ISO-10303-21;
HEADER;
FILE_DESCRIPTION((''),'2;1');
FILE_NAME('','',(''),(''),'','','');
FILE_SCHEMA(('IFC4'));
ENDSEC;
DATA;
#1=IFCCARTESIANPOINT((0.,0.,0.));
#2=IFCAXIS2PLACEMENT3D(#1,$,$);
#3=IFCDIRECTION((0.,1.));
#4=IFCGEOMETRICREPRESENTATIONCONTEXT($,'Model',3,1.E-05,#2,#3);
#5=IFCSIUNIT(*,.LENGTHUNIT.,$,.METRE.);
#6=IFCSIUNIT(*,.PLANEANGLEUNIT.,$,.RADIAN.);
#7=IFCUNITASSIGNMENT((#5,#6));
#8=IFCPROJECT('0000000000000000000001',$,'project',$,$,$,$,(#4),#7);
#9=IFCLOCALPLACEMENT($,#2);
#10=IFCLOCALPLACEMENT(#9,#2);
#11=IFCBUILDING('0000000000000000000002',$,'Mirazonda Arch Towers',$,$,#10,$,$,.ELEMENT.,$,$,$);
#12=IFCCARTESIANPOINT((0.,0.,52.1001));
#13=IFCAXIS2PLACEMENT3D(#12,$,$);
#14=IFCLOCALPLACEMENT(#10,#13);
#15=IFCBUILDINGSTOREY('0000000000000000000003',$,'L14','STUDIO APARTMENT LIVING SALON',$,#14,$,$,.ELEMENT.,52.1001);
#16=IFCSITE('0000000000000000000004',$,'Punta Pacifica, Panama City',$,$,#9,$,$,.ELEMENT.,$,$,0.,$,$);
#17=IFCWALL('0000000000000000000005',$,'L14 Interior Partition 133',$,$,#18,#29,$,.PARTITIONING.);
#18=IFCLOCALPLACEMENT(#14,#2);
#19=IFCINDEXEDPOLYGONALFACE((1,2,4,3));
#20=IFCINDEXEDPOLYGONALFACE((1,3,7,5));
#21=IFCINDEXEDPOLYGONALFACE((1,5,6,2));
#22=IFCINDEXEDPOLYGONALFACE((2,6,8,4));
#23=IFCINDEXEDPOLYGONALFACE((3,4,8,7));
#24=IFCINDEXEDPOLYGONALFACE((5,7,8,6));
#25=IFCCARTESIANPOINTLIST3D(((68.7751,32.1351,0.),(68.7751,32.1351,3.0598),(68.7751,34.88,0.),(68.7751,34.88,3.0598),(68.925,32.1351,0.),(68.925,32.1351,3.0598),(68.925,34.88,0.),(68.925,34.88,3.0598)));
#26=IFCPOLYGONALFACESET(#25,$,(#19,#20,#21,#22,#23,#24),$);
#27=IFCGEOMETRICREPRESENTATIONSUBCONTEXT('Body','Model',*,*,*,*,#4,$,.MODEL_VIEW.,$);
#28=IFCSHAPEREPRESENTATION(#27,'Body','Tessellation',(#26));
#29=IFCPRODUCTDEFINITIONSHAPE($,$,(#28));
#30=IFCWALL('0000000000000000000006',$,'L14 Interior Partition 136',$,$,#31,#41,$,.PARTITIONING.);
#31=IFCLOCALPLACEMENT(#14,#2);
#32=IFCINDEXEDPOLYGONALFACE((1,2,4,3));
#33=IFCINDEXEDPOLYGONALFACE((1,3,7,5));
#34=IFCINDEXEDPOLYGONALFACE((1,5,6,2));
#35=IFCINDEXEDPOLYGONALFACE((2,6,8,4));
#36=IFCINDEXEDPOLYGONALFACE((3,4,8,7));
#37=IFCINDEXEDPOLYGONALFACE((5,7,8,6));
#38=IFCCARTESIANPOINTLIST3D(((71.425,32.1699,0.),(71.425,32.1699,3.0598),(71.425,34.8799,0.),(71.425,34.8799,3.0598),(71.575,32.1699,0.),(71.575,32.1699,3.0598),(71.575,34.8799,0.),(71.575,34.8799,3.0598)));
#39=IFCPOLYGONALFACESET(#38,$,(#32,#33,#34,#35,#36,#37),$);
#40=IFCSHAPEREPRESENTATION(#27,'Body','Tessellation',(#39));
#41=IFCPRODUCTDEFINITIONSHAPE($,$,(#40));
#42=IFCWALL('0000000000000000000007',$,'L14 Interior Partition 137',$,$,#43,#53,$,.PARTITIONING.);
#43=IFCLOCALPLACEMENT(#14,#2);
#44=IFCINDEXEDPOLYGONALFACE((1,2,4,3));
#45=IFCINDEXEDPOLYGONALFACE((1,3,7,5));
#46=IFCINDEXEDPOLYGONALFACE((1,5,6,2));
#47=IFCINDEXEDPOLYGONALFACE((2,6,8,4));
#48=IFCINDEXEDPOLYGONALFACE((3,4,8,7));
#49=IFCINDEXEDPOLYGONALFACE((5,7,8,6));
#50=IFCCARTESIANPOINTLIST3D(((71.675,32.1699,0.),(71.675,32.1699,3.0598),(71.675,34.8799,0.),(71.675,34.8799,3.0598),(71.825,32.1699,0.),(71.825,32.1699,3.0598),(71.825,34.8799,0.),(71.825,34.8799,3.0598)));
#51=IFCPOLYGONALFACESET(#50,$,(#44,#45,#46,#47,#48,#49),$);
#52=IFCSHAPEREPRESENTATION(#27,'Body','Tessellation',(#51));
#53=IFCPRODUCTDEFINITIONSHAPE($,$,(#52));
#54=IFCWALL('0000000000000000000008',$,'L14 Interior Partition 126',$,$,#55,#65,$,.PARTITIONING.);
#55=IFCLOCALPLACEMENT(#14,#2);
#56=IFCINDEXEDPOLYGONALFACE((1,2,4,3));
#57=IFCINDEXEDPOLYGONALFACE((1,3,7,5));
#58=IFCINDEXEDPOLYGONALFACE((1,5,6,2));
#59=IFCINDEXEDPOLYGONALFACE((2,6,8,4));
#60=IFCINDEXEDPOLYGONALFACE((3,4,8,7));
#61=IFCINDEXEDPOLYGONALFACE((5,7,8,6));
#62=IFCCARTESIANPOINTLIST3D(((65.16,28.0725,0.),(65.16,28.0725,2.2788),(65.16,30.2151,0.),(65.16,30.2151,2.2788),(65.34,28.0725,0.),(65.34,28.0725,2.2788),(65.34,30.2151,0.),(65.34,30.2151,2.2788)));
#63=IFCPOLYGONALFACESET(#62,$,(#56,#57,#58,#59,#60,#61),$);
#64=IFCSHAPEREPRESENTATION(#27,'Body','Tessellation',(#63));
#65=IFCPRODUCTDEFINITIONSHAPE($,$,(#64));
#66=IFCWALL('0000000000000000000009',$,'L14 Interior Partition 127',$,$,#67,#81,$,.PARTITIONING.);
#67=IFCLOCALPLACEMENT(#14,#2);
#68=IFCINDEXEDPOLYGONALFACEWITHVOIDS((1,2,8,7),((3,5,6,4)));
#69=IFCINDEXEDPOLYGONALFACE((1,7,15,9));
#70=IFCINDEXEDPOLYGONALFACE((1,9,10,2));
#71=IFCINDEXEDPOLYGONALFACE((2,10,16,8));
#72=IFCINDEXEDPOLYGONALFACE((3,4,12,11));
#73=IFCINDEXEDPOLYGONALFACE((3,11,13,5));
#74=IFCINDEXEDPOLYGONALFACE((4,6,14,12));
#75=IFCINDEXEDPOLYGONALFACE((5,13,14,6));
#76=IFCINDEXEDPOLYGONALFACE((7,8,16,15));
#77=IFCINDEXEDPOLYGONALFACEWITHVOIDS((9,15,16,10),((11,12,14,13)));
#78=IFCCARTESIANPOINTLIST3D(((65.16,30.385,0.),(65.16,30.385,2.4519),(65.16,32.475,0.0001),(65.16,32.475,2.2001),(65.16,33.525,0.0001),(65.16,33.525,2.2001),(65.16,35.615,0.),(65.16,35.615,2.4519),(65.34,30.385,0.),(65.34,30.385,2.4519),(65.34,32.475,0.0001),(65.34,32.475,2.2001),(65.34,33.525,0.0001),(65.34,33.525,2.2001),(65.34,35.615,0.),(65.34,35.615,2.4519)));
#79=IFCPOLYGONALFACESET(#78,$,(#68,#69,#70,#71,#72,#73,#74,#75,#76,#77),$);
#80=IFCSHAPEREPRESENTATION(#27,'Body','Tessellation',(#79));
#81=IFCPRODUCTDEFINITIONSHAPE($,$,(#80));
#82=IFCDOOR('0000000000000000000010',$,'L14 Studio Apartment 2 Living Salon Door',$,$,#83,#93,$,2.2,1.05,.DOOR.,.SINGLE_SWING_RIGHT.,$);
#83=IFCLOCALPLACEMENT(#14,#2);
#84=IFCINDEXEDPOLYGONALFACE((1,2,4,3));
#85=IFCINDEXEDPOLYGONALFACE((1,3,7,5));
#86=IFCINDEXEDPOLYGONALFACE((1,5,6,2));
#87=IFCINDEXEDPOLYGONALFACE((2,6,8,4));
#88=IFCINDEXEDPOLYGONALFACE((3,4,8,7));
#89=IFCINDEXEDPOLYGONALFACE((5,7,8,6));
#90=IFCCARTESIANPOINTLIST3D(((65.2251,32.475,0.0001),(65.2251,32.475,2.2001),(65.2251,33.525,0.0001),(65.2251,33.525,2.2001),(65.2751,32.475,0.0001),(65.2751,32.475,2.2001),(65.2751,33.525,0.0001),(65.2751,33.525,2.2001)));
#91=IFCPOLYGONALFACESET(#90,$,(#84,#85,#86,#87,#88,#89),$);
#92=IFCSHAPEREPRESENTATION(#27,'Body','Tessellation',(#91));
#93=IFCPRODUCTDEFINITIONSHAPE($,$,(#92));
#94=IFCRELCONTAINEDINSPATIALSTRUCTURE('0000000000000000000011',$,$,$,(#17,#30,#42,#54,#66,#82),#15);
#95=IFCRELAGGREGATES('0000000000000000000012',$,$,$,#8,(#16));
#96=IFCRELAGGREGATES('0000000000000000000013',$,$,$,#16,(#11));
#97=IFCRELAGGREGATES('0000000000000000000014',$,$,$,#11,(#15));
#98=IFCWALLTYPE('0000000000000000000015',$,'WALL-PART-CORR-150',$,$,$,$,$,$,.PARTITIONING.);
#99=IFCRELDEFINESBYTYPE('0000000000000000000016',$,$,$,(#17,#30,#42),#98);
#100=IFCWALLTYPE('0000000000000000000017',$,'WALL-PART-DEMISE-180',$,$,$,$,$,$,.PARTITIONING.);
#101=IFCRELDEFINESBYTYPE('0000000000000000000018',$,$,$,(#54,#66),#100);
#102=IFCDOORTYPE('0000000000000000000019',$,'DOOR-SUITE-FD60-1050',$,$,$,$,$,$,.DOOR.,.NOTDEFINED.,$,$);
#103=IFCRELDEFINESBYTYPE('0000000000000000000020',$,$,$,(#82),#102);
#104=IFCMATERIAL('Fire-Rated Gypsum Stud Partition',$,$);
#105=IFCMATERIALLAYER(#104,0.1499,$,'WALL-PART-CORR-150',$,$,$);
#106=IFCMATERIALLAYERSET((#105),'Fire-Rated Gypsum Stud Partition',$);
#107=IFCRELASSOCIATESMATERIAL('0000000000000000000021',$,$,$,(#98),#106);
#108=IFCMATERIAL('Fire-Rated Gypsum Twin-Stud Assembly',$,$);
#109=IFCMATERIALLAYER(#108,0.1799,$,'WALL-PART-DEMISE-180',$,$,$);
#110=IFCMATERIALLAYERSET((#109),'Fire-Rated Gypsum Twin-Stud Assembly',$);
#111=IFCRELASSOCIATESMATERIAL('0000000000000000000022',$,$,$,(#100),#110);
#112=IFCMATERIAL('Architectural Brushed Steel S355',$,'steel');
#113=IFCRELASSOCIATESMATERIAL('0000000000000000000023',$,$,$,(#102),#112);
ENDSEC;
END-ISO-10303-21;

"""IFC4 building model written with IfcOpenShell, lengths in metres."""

from ifc_helpers import new_model, si_unit, direction, frame, frame_2d, origin, place, context, subcontext, project, spatial, rectangle, extrude, material, layer, layer_set, type_object, element, fill, save


model = new_model("IFC4")

# Units and contexts
model_context = context("Model", 3, precision=1e-05, world=origin(), true_north=direction((0.0, 1.0)))
body_context = subcontext(model_context, "Body", "Model", "MODEL_VIEW")
ifc_project = project(units=[si_unit("LENGTHUNIT", "METRE"), si_unit("PLANEANGLEUNIT", "RADIAN")], contexts=[model_context])

# Site, building, storey
site_placement = place(None, origin())
site = spatial("IfcSite", under=ifc_project, at=site_placement, Name="Punta Pacifica, Panama City", CompositionType="ELEMENT", RefElevation=0.0)
building_placement = place(site_placement, origin())
building = spatial("IfcBuilding", under=site, at=building_placement, Name="Mirazonda Arch Towers", CompositionType="ELEMENT")
storey_placement = place(building_placement, frame((0.0, 0.0, 52.1001)))
storey = spatial("IfcBuildingStorey", under=building, at=storey_placement, Name="L14", Description="STUDIO APARTMENT LIVING SALON", CompositionType="ELEMENT", Elevation=52.1001)

# Shared definitions
ifc_material_1 = material(Name="Architectural Brushed Steel S355", Category="steel")
ifc_material_2 = material(Name="Fire-Rated Gypsum Stud Partition")
ifc_layer_1 = layer(ifc_material_2, 0.1499, Name="WALL-PART-CORR-150")
ifc_layer_set_1 = layer_set([ifc_layer_1], Name="Fire-Rated Gypsum Stud Partition")
wall_type_1 = type_object("IfcWallType", Name="WALL-PART-CORR-150", PredefinedType="PARTITIONING", material=ifc_layer_set_1)

# Walls
wall_1_placement = place(storey_placement, frame((68.8501, 32.135, 0.0), z_axis=(0.0, 0.0, 1.0), x_axis=(0.0, 1.0, 0.0)))
element("IfcWall", 1, at=wall_1_placement, inside=storey, type_object=wall_type_1, Name="L14 Interior Partition 133", PredefinedType="PARTITIONING", context=body_context, shape_type="SweptSolid", body=[
    extrude(rectangle(XDim=2.7449, YDim=0.1499, at=frame_2d((1.3726, 0.0))), origin(), (0.0, 0.0, 1.0), 3.0598),
])
for number, where, z_axis, x_axis, name in (
    (2, (71.5, 32.1699, 0.0), (0.0, 0.0, 1.0), (0.0, 1.0, 0.0), "L14 Interior Partition 136"),
    (3, (71.75, 32.1699, 0.0), (0.0, 0.0, 1.0), (0.0, 1.0, 0.0), "L14 Interior Partition 137"),
):
    element("IfcWall", number, at=place(storey_placement, frame(where, z_axis=z_axis, x_axis=x_axis)), inside=storey, type_object=wall_type_1, Name=name, PredefinedType="PARTITIONING", context=body_context, shape_type="SweptSolid", body=[
        extrude(rectangle(XDim=2.71, YDim=0.1499, at=frame_2d((1.355, 0.0))), origin(), (0.0, 0.0, 1.0), 3.0598),
    ])
ifc_material_3 = material(Name="Fire-Rated Gypsum Twin-Stud Assembly")
ifc_layer_2 = layer(ifc_material_3, 0.1799, Name="WALL-PART-DEMISE-180")
ifc_layer_set_2 = layer_set([ifc_layer_2], Name="Fire-Rated Gypsum Twin-Stud Assembly")
wall_type_2 = type_object("IfcWallType", Name="WALL-PART-DEMISE-180", PredefinedType="PARTITIONING", material=ifc_layer_set_2)
wall_2_placement = place(storey_placement, frame((65.25, 28.0725, 0.0), z_axis=(0.0, 0.0, 1.0), x_axis=(0.0, 1.0, 0.0)))
element("IfcWall", 4, at=wall_2_placement, inside=storey, type_object=wall_type_2, Name="L14 Interior Partition 126", PredefinedType="PARTITIONING", context=body_context, shape_type="SweptSolid", body=[
    extrude(rectangle(XDim=2.1426, YDim=0.1799, at=frame_2d((1.0713, 0.0))), origin(), (0.0, 0.0, 1.0), 2.2788),
])

# Wall, opening, door
wall_3_placement = place(storey_placement, frame((65.25, 30.385, 0.0), z_axis=(0.0, 0.0, 1.0), x_axis=(0.0, 1.0, 0.0)))
wall_3 = element("IfcWall", 5, at=wall_3_placement, inside=storey, type_object=wall_type_2, Name="L14 Interior Partition 127", PredefinedType="PARTITIONING", context=body_context, shape_type="SweptSolid", body=[
    extrude(rectangle(XDim=5.23, YDim=0.1799, at=frame_2d((2.615, 0.0))), origin(), (0.0, 0.0, 1.0), 2.4519),
])
opening_1_placement = place(wall_3_placement, frame((2.0901, 0.0, 0.0)))
opening_1 = element("IfcOpeningElement", 6, at=opening_1_placement, cuts=wall_3, PredefinedType="OPENING", context=body_context, shape_type="SweptSolid", body=[
    extrude(rectangle(XDim=1.05, YDim=2.2, at=frame_2d((0.5249, 1.1001))), frame((0.0, 0.0999, 0.0), z_axis=(0.0, -1.0, 0.0), x_axis=(1.0, 0.0, 0.0)), (0.0, 0.0, 1.0), 0.2),
])
door_type_1 = type_object("IfcDoorType", Name="DOOR-SUITE-FD60-1050", OperationType="NOTDEFINED", PredefinedType="DOOR", material=ifc_material_1)
door_1_placement = place(opening_1_placement, origin())
door_1 = element("IfcDoor", 7, at=door_1_placement, inside=storey, type_object=door_type_1, Name="L14 Studio Apartment 2 Living Salon Door", OperationType="SINGLE_SWING_RIGHT", OverallHeight=2.2, OverallWidth=1.05, PredefinedType="DOOR", context=body_context, shape_type="SweptSolid", body=[
    extrude(rectangle(XDim=1.05, YDim=2.2, at=frame_2d((0.5249, 1.1001))), frame((0.0, 0.0249, 0.0), z_axis=(0.0, -1.0, 0.0), x_axis=(1.0, 0.0, 0.0)), (0.0, 0.0, 1.0), 0.05),
])
fill(opening_1, door_1)

save(model, "model.ifc")
